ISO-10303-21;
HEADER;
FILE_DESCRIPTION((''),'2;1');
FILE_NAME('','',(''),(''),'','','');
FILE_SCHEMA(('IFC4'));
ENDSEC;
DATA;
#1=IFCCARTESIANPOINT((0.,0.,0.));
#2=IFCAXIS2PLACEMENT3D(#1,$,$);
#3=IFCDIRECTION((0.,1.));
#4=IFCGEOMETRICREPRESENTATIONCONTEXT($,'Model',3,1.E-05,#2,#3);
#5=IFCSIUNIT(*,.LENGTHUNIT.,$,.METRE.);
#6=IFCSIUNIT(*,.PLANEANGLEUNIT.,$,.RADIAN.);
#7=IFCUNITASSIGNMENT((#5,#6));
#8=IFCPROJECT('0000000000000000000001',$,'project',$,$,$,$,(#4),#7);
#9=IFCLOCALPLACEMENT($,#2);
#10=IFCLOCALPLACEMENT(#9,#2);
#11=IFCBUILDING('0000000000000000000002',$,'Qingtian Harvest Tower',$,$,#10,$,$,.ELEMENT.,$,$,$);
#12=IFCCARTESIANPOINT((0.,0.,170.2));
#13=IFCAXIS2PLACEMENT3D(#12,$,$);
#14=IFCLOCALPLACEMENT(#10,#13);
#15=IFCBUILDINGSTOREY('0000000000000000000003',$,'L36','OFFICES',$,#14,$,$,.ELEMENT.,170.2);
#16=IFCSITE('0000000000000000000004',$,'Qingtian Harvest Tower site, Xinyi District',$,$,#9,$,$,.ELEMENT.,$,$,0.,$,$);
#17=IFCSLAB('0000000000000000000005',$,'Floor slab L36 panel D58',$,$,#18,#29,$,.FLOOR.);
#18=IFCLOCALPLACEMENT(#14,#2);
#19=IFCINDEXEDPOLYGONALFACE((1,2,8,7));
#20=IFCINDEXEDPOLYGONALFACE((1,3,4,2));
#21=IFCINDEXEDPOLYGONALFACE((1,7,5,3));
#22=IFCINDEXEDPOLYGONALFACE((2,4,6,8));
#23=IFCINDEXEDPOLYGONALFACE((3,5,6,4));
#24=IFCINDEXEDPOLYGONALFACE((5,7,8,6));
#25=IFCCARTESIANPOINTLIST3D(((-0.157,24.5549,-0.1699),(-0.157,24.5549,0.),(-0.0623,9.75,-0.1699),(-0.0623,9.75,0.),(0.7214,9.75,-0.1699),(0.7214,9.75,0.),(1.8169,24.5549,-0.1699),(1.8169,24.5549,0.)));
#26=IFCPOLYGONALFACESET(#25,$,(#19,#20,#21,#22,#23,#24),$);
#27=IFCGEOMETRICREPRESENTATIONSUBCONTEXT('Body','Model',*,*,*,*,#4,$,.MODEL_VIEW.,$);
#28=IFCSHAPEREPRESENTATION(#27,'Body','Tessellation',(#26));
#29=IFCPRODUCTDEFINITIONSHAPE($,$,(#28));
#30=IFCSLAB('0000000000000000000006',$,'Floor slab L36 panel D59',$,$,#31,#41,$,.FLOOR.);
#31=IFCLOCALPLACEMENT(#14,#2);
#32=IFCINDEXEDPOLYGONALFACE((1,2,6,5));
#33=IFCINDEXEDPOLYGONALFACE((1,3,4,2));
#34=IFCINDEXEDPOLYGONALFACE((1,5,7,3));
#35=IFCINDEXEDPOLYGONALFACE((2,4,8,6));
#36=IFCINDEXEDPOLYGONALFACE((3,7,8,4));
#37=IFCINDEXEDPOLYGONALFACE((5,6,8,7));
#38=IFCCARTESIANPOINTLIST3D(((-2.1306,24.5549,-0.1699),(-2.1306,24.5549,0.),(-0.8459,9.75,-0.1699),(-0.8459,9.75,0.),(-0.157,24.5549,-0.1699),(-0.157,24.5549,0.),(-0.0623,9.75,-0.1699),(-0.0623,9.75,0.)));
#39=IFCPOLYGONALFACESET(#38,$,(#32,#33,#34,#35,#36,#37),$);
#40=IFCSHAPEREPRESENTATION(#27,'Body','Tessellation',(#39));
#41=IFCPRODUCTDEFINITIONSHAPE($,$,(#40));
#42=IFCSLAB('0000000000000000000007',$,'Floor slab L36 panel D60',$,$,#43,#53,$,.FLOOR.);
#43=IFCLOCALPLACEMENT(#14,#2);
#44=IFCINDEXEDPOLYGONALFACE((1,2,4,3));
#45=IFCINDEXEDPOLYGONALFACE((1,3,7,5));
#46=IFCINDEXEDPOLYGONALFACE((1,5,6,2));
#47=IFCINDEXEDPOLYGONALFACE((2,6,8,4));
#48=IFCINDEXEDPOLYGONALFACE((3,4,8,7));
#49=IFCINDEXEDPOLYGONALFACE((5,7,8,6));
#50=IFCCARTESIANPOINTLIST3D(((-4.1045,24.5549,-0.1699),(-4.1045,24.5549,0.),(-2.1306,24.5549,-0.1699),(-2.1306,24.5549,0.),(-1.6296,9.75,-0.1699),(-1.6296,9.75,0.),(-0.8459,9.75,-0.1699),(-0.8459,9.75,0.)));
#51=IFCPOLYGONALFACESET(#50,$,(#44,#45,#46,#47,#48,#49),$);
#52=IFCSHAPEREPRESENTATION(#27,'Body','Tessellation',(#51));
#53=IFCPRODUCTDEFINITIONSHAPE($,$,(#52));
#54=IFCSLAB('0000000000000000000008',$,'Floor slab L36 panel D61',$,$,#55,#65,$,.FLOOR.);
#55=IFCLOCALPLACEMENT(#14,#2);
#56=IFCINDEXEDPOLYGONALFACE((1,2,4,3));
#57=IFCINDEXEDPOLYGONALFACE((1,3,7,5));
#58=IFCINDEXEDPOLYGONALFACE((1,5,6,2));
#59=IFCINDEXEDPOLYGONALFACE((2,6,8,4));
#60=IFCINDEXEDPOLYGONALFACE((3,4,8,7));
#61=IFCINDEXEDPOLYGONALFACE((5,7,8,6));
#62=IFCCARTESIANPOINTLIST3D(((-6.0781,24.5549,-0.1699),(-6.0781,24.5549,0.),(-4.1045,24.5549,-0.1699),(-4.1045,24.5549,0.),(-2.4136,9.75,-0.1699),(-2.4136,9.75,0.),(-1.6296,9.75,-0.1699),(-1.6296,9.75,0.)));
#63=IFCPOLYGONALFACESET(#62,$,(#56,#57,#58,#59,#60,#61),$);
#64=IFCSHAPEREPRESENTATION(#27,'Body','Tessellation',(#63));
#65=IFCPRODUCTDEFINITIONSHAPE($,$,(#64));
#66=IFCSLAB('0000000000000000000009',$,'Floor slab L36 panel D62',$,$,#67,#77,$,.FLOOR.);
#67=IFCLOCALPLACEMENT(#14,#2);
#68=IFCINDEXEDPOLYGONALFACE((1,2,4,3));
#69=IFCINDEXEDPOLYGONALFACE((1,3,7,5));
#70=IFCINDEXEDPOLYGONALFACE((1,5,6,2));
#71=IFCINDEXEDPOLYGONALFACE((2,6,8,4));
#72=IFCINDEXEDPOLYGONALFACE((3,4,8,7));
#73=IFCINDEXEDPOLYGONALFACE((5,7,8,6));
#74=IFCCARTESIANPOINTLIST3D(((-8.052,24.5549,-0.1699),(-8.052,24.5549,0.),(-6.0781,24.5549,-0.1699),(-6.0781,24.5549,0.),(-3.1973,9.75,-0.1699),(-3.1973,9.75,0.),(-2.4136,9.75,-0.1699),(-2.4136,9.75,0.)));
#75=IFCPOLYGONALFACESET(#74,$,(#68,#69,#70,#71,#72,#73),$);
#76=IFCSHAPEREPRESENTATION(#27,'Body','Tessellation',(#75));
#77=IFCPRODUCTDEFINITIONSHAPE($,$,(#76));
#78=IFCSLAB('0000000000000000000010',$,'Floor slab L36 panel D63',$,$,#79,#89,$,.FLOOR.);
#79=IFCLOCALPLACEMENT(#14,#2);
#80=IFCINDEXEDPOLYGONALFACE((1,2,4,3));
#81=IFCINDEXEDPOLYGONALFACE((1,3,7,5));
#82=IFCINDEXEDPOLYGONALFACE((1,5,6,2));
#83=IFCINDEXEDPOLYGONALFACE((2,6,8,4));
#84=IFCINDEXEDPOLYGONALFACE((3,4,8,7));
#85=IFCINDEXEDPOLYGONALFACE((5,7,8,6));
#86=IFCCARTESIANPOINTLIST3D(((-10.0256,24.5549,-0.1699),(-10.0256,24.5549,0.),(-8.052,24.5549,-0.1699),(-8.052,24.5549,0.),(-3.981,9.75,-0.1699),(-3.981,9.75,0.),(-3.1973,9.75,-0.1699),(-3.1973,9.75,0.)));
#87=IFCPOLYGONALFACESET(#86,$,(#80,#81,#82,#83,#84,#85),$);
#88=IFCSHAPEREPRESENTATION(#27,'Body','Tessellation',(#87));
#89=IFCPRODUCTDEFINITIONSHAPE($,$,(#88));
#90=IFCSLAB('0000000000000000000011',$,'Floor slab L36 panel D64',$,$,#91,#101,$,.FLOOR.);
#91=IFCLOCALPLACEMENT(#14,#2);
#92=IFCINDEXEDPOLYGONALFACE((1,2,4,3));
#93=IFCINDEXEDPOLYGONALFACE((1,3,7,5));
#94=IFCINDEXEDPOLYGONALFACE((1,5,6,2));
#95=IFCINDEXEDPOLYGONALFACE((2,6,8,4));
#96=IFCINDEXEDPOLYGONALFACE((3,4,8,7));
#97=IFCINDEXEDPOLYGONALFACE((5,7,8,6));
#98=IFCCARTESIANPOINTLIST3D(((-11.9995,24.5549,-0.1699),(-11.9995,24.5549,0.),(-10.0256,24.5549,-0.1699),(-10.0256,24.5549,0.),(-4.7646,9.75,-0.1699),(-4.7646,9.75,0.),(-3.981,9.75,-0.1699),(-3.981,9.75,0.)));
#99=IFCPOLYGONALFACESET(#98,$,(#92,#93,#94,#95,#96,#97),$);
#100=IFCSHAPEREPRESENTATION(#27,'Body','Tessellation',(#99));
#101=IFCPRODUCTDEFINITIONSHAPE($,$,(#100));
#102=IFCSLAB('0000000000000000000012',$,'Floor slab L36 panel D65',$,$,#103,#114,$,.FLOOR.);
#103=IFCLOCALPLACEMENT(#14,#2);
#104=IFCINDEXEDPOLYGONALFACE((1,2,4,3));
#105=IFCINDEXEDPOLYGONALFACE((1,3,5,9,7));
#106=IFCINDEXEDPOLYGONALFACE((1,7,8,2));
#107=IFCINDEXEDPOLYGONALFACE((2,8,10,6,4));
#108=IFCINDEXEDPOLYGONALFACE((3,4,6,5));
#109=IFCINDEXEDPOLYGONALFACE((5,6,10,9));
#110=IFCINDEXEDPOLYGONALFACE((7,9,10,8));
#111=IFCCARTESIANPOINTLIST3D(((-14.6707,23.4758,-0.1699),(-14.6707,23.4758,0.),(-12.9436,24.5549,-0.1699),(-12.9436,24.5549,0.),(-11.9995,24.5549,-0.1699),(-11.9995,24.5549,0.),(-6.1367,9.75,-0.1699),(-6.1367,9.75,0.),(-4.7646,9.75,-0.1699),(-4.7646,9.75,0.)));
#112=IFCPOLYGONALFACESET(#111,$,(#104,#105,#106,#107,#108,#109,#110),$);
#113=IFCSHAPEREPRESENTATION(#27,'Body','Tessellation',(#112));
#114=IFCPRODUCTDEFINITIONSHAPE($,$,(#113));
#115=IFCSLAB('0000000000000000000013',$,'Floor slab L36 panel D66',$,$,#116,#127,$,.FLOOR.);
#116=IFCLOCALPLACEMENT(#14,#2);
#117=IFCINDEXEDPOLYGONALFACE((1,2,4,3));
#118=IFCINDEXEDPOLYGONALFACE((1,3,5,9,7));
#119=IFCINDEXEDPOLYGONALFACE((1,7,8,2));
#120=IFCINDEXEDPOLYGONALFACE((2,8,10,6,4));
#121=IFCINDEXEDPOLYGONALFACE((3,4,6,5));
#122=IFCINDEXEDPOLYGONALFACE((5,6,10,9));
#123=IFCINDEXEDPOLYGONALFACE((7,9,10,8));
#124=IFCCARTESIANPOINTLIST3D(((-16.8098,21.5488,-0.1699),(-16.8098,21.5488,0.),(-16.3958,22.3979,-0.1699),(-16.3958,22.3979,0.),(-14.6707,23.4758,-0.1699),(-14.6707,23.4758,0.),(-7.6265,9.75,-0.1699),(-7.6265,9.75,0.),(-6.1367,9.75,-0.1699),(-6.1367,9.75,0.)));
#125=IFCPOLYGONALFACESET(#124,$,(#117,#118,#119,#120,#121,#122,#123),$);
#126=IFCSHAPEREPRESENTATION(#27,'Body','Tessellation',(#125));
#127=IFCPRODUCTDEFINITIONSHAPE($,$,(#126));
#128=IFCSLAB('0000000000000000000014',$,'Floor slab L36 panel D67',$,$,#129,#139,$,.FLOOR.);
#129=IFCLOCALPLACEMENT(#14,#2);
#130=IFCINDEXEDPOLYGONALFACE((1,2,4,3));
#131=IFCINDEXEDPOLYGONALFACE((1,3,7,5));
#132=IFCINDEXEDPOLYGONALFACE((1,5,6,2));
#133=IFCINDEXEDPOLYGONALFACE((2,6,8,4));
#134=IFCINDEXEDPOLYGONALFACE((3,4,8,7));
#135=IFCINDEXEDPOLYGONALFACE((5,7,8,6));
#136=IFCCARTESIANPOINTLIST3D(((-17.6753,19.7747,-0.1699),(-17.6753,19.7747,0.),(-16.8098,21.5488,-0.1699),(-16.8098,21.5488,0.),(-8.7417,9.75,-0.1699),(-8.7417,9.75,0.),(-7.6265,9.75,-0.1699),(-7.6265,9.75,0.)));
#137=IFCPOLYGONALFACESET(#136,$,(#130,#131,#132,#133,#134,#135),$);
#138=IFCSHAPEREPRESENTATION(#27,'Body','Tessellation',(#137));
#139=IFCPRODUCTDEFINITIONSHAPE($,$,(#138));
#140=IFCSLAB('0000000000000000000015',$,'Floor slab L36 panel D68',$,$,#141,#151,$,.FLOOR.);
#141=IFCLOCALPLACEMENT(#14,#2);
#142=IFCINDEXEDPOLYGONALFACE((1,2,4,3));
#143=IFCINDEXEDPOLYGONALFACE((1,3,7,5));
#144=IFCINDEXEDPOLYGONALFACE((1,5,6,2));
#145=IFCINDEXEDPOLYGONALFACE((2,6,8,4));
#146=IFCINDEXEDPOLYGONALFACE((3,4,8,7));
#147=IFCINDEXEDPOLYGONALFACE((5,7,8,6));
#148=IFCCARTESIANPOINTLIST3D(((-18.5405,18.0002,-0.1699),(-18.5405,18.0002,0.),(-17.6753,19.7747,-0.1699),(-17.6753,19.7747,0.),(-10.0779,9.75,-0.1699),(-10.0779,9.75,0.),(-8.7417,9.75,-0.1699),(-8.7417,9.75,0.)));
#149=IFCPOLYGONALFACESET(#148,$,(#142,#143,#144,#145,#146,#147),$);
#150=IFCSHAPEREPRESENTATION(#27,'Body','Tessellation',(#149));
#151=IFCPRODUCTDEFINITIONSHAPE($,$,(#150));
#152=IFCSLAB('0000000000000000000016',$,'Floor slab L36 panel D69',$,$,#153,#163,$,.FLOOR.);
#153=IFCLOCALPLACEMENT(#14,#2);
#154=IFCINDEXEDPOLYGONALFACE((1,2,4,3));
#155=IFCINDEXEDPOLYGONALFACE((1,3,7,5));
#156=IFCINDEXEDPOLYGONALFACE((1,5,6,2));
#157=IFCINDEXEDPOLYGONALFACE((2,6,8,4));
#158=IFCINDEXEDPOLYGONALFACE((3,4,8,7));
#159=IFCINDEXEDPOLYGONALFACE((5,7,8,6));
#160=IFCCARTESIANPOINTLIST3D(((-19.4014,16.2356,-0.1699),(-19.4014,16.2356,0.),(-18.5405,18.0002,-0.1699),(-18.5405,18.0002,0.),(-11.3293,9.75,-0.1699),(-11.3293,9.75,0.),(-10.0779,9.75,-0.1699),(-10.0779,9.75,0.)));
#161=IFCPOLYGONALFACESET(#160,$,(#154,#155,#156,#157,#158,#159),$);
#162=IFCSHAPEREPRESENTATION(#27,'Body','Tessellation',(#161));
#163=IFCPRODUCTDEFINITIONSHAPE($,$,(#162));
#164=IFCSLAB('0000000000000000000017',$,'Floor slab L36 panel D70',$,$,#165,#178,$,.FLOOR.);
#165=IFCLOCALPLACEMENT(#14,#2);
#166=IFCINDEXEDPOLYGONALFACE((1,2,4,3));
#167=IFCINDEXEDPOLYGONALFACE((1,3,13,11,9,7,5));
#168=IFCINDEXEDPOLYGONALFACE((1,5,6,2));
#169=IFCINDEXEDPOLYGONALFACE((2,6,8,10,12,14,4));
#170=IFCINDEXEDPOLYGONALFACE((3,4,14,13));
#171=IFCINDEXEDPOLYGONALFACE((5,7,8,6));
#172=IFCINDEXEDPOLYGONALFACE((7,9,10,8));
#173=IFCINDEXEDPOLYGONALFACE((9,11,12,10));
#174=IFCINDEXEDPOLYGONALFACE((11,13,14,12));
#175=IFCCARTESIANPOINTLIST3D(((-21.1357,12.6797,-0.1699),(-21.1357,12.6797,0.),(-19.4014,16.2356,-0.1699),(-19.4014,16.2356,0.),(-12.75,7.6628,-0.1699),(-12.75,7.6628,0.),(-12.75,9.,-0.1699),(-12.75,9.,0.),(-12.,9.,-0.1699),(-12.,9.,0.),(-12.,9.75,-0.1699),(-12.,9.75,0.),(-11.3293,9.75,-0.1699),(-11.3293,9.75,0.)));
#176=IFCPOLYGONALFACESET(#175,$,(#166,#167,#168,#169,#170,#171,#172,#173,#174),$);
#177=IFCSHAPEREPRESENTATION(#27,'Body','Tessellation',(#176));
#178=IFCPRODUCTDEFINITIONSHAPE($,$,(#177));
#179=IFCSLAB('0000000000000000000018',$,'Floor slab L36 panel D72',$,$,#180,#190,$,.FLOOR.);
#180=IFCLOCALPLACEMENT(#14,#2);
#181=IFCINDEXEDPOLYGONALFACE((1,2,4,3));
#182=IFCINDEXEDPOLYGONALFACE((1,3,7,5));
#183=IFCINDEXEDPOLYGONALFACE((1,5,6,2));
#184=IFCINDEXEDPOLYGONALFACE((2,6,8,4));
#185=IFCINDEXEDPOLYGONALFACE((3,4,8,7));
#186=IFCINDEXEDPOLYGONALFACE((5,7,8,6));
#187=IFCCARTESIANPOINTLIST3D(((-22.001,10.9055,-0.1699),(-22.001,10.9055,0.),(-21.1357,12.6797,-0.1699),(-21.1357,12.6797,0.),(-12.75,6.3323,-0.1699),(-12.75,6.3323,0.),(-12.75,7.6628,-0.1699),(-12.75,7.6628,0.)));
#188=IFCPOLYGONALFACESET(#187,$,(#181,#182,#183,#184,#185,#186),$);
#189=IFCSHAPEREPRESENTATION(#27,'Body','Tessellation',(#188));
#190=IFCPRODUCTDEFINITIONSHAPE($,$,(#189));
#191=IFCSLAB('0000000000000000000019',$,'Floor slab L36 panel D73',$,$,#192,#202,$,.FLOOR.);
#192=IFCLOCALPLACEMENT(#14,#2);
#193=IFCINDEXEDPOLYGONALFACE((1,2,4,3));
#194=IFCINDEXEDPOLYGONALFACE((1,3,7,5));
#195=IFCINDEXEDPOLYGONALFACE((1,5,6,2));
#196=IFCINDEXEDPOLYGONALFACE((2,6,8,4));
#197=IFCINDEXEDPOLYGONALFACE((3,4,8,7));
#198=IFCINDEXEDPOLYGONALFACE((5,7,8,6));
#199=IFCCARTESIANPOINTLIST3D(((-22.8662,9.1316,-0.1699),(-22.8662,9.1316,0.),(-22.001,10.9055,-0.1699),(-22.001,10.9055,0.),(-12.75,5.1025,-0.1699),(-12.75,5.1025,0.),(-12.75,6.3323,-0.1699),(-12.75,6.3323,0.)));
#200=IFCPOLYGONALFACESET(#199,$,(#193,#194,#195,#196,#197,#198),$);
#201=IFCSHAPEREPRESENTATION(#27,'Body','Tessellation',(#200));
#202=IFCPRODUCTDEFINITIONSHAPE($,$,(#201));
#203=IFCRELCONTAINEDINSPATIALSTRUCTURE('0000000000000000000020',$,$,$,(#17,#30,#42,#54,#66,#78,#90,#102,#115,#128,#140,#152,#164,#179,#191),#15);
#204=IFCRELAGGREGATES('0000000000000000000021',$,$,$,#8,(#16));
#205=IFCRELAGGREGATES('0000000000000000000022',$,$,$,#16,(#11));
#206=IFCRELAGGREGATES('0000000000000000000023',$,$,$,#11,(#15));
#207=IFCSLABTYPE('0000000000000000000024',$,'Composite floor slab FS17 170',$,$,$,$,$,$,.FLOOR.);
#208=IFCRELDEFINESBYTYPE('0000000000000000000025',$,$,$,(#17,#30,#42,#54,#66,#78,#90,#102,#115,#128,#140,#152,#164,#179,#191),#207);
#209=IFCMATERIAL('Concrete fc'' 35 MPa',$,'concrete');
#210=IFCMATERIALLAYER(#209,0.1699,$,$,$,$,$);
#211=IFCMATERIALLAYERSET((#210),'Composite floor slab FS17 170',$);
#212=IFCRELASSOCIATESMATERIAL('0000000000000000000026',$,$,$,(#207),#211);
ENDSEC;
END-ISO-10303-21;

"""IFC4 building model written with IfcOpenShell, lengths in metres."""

from ifc_helpers import new_model, si_unit, direction, frame, origin, place, context, subcontext, project, spatial, polyline, outline, extrude, material, layer, layer_set, type_object, element, save


model = new_model("IFC4")

# Units and contexts
model_context = context("Model", 3, precision=1e-05, world=origin(), true_north=direction((0.0, 1.0)))
body_context = subcontext(model_context, "Body", "Model", "MODEL_VIEW")
ifc_project = project(units=[si_unit("LENGTHUNIT", "METRE"), si_unit("PLANEANGLEUNIT", "RADIAN")], contexts=[model_context])

# Site, building, storey
site_placement = place(None, origin())
site = spatial("IfcSite", under=ifc_project, at=site_placement, Name="Qingtian Harvest Tower site, Xinyi District", CompositionType="ELEMENT", RefElevation=0.0)
building_placement = place(site_placement, origin())
building = spatial("IfcBuilding", under=site, at=building_placement, Name="Qingtian Harvest Tower", CompositionType="ELEMENT")
storey_placement = place(building_placement, frame((0.0, 0.0, 170.2)))
storey = spatial("IfcBuildingStorey", under=building, at=storey_placement, Name="L36", Description="OFFICES", CompositionType="ELEMENT", Elevation=170.2)

# Slabs
ifc_material_1 = material(Name="Concrete fc' 35 MPa", Category="concrete")
ifc_layer_1 = layer(ifc_material_1, 0.1699)
ifc_layer_set_1 = layer_set([ifc_layer_1], Name="Composite floor slab FS17 170")
slab_type = type_object("IfcSlabType", Name="Composite floor slab FS17 170", PredefinedType="FLOOR", material=ifc_layer_set_1)
slab_1_placement = place(storey_placement, frame((0.0, 0.0, -0.1699)))
element("IfcSlab", 1, at=slab_1_placement, inside=storey, type_object=slab_type, Name="Floor slab L36 panel D58", PredefinedType="FLOOR", context=body_context, shape_type="SweptSolid", body=[
    extrude(outline(polyline([(-0.0623, 9.75), (-0.157, 24.5549), (1.8169, 24.5549), (0.7214, 9.75), (-0.0623, 9.75)])), origin(), (0.0, 0.0, 1.0), 0.1699),
])
slab_2_placement = place(storey_placement, frame((0.0, 0.0, -0.1699)))
element("IfcSlab", 2, at=slab_2_placement, inside=storey, type_object=slab_type, Name="Floor slab L36 panel D59", PredefinedType="FLOOR", context=body_context, shape_type="SweptSolid", body=[
    extrude(outline(polyline([(-0.8459, 9.75), (-2.1306, 24.5549), (-0.157, 24.5549), (-0.0623, 9.75), (-0.8459, 9.75)])), origin(), (0.0, 0.0, 1.0), 0.1699),
])
slab_3_placement = place(storey_placement, frame((0.0, 0.0, -0.1699)))
element("IfcSlab", 3, at=slab_3_placement, inside=storey, type_object=slab_type, Name="Floor slab L36 panel D60", PredefinedType="FLOOR", context=body_context, shape_type="SweptSolid", body=[
    extrude(outline(polyline([(-1.6296, 9.75), (-4.1045, 24.5549), (-2.1306, 24.5549), (-0.8459, 9.75), (-1.6296, 9.75)])), origin(), (0.0, 0.0, 1.0), 0.1699),
])
slab_4_placement = place(storey_placement, frame((0.0, 0.0, -0.1699)))
element("IfcSlab", 4, at=slab_4_placement, inside=storey, type_object=slab_type, Name="Floor slab L36 panel D61", PredefinedType="FLOOR", context=body_context, shape_type="SweptSolid", body=[
    extrude(outline(polyline([(-2.4136, 9.75), (-6.0781, 24.5549), (-4.1045, 24.5549), (-1.6296, 9.75), (-2.4136, 9.75)])), origin(), (0.0, 0.0, 1.0), 0.1699),
])
slab_5_placement = place(storey_placement, frame((0.0, 0.0, -0.1699)))
element("IfcSlab", 5, at=slab_5_placement, inside=storey, type_object=slab_type, Name="Floor slab L36 panel D62", PredefinedType="FLOOR", context=body_context, shape_type="SweptSolid", body=[
    extrude(outline(polyline([(-3.1973, 9.75), (-8.052, 24.5549), (-6.0781, 24.5549), (-2.4136, 9.75), (-3.1973, 9.75)])), origin(), (0.0, 0.0, 1.0), 0.1699),
])
slab_6_placement = place(storey_placement, frame((0.0, 0.0, -0.1699)))
element("IfcSlab", 6, at=slab_6_placement, inside=storey, type_object=slab_type, Name="Floor slab L36 panel D63", PredefinedType="FLOOR", context=body_context, shape_type="SweptSolid", body=[
    extrude(outline(polyline([(-3.981, 9.75), (-10.0256, 24.5549), (-8.052, 24.5549), (-3.1973, 9.75), (-3.981, 9.75)])), origin(), (0.0, 0.0, 1.0), 0.1699),
])
slab_7_placement = place(storey_placement, frame((0.0, 0.0, -0.1699)))
element("IfcSlab", 7, at=slab_7_placement, inside=storey, type_object=slab_type, Name="Floor slab L36 panel D64", PredefinedType="FLOOR", context=body_context, shape_type="SweptSolid", body=[
    extrude(outline(polyline([(-4.7646, 9.75), (-11.9995, 24.5549), (-10.0256, 24.5549), (-3.981, 9.75), (-4.7646, 9.75)])), origin(), (0.0, 0.0, 1.0), 0.1699),
])
slab_8_placement = place(storey_placement, frame((0.0, 0.0, -0.1699)))
element("IfcSlab", 8, at=slab_8_placement, inside=storey, type_object=slab_type, Name="Floor slab L36 panel D65", PredefinedType="FLOOR", context=body_context, shape_type="SweptSolid", body=[
    extrude(outline(polyline([(-4.7646, 9.75), (-6.1367, 9.75), (-14.6707, 23.4758), (-12.9436, 24.5549), (-11.9995, 24.5549), (-4.7646, 9.75)])), origin(), (0.0, 0.0, 1.0), 0.1699),
])
slab_9_placement = place(storey_placement, frame((0.0, 0.0, -0.1699)))
element("IfcSlab", 9, at=slab_9_placement, inside=storey, type_object=slab_type, Name="Floor slab L36 panel D66", PredefinedType="FLOOR", context=body_context, shape_type="SweptSolid", body=[
    extrude(outline(polyline([(-6.1367, 9.75), (-7.6265, 9.75), (-16.8098, 21.5488), (-16.3958, 22.3979), (-14.6707, 23.4758), (-6.1367, 9.75)])), origin(), (0.0, 0.0, 1.0), 0.1699),
])
slab_10_placement = place(storey_placement, frame((0.0, 0.0, -0.1699)))
element("IfcSlab", 10, at=slab_10_placement, inside=storey, type_object=slab_type, Name="Floor slab L36 panel D67", PredefinedType="FLOOR", context=body_context, shape_type="SweptSolid", body=[
    extrude(outline(polyline([(-8.7417, 9.75), (-17.6753, 19.7747), (-16.8098, 21.5488), (-7.6265, 9.75), (-8.7417, 9.75)])), origin(), (0.0, 0.0, 1.0), 0.1699),
])
slab_11_placement = place(storey_placement, frame((0.0, 0.0, -0.1699)))
element("IfcSlab", 11, at=slab_11_placement, inside=storey, type_object=slab_type, Name="Floor slab L36 panel D68", PredefinedType="FLOOR", context=body_context, shape_type="SweptSolid", body=[
    extrude(outline(polyline([(-10.0779, 9.75), (-18.5405, 18.0002), (-17.6753, 19.7747), (-8.7417, 9.75), (-10.0779, 9.75)])), origin(), (0.0, 0.0, 1.0), 0.1699),
])
slab_12_placement = place(storey_placement, frame((0.0, 0.0, -0.1699)))
element("IfcSlab", 12, at=slab_12_placement, inside=storey, type_object=slab_type, Name="Floor slab L36 panel D69", PredefinedType="FLOOR", context=body_context, shape_type="SweptSolid", body=[
    extrude(outline(polyline([(-11.3293, 9.75), (-19.4014, 16.2356), (-18.5405, 18.0002), (-10.0779, 9.75), (-11.3293, 9.75)])), origin(), (0.0, 0.0, 1.0), 0.1699),
])
slab_13_placement = place(storey_placement, frame((0.0, 0.0, -0.1699)))
element("IfcSlab", 13, at=slab_13_placement, inside=storey, type_object=slab_type, Name="Floor slab L36 panel D70", PredefinedType="FLOOR", context=body_context, shape_type="SweptSolid", body=[
    extrude(outline(polyline([(-12.0, 9.0), (-12.75, 9.0), (-12.75, 7.6628), (-21.1357, 12.6797), (-19.4014, 16.2356), (-11.3293, 9.75), (-12.0, 9.75), (-12.0, 9.0)])), origin(), (0.0, 0.0, 1.0), 0.1699),
])
slab_14_placement = place(storey_placement, frame((0.0, 0.0, -0.1699)))
element("IfcSlab", 14, at=slab_14_placement, inside=storey, type_object=slab_type, Name="Floor slab L36 panel D72", PredefinedType="FLOOR", context=body_context, shape_type="SweptSolid", body=[
    extrude(outline(polyline([(-12.75, 6.3323), (-22.001, 10.9055), (-21.1357, 12.6797), (-12.75, 7.6628), (-12.75, 6.3323)])), origin(), (0.0, 0.0, 1.0), 0.1699),
])
slab_15_placement = place(storey_placement, frame((0.0, 0.0, -0.1699)))
element("IfcSlab", 15, at=slab_15_placement, inside=storey, type_object=slab_type, Name="Floor slab L36 panel D73", PredefinedType="FLOOR", context=body_context, shape_type="SweptSolid", body=[
    extrude(outline(polyline([(-12.75, 5.1025), (-22.8662, 9.1316), (-22.001, 10.9055), (-12.75, 6.3323), (-12.75, 5.1025)])), origin(), (0.0, 0.0, 1.0), 0.1699),
])

save(model, "model.ifc")
